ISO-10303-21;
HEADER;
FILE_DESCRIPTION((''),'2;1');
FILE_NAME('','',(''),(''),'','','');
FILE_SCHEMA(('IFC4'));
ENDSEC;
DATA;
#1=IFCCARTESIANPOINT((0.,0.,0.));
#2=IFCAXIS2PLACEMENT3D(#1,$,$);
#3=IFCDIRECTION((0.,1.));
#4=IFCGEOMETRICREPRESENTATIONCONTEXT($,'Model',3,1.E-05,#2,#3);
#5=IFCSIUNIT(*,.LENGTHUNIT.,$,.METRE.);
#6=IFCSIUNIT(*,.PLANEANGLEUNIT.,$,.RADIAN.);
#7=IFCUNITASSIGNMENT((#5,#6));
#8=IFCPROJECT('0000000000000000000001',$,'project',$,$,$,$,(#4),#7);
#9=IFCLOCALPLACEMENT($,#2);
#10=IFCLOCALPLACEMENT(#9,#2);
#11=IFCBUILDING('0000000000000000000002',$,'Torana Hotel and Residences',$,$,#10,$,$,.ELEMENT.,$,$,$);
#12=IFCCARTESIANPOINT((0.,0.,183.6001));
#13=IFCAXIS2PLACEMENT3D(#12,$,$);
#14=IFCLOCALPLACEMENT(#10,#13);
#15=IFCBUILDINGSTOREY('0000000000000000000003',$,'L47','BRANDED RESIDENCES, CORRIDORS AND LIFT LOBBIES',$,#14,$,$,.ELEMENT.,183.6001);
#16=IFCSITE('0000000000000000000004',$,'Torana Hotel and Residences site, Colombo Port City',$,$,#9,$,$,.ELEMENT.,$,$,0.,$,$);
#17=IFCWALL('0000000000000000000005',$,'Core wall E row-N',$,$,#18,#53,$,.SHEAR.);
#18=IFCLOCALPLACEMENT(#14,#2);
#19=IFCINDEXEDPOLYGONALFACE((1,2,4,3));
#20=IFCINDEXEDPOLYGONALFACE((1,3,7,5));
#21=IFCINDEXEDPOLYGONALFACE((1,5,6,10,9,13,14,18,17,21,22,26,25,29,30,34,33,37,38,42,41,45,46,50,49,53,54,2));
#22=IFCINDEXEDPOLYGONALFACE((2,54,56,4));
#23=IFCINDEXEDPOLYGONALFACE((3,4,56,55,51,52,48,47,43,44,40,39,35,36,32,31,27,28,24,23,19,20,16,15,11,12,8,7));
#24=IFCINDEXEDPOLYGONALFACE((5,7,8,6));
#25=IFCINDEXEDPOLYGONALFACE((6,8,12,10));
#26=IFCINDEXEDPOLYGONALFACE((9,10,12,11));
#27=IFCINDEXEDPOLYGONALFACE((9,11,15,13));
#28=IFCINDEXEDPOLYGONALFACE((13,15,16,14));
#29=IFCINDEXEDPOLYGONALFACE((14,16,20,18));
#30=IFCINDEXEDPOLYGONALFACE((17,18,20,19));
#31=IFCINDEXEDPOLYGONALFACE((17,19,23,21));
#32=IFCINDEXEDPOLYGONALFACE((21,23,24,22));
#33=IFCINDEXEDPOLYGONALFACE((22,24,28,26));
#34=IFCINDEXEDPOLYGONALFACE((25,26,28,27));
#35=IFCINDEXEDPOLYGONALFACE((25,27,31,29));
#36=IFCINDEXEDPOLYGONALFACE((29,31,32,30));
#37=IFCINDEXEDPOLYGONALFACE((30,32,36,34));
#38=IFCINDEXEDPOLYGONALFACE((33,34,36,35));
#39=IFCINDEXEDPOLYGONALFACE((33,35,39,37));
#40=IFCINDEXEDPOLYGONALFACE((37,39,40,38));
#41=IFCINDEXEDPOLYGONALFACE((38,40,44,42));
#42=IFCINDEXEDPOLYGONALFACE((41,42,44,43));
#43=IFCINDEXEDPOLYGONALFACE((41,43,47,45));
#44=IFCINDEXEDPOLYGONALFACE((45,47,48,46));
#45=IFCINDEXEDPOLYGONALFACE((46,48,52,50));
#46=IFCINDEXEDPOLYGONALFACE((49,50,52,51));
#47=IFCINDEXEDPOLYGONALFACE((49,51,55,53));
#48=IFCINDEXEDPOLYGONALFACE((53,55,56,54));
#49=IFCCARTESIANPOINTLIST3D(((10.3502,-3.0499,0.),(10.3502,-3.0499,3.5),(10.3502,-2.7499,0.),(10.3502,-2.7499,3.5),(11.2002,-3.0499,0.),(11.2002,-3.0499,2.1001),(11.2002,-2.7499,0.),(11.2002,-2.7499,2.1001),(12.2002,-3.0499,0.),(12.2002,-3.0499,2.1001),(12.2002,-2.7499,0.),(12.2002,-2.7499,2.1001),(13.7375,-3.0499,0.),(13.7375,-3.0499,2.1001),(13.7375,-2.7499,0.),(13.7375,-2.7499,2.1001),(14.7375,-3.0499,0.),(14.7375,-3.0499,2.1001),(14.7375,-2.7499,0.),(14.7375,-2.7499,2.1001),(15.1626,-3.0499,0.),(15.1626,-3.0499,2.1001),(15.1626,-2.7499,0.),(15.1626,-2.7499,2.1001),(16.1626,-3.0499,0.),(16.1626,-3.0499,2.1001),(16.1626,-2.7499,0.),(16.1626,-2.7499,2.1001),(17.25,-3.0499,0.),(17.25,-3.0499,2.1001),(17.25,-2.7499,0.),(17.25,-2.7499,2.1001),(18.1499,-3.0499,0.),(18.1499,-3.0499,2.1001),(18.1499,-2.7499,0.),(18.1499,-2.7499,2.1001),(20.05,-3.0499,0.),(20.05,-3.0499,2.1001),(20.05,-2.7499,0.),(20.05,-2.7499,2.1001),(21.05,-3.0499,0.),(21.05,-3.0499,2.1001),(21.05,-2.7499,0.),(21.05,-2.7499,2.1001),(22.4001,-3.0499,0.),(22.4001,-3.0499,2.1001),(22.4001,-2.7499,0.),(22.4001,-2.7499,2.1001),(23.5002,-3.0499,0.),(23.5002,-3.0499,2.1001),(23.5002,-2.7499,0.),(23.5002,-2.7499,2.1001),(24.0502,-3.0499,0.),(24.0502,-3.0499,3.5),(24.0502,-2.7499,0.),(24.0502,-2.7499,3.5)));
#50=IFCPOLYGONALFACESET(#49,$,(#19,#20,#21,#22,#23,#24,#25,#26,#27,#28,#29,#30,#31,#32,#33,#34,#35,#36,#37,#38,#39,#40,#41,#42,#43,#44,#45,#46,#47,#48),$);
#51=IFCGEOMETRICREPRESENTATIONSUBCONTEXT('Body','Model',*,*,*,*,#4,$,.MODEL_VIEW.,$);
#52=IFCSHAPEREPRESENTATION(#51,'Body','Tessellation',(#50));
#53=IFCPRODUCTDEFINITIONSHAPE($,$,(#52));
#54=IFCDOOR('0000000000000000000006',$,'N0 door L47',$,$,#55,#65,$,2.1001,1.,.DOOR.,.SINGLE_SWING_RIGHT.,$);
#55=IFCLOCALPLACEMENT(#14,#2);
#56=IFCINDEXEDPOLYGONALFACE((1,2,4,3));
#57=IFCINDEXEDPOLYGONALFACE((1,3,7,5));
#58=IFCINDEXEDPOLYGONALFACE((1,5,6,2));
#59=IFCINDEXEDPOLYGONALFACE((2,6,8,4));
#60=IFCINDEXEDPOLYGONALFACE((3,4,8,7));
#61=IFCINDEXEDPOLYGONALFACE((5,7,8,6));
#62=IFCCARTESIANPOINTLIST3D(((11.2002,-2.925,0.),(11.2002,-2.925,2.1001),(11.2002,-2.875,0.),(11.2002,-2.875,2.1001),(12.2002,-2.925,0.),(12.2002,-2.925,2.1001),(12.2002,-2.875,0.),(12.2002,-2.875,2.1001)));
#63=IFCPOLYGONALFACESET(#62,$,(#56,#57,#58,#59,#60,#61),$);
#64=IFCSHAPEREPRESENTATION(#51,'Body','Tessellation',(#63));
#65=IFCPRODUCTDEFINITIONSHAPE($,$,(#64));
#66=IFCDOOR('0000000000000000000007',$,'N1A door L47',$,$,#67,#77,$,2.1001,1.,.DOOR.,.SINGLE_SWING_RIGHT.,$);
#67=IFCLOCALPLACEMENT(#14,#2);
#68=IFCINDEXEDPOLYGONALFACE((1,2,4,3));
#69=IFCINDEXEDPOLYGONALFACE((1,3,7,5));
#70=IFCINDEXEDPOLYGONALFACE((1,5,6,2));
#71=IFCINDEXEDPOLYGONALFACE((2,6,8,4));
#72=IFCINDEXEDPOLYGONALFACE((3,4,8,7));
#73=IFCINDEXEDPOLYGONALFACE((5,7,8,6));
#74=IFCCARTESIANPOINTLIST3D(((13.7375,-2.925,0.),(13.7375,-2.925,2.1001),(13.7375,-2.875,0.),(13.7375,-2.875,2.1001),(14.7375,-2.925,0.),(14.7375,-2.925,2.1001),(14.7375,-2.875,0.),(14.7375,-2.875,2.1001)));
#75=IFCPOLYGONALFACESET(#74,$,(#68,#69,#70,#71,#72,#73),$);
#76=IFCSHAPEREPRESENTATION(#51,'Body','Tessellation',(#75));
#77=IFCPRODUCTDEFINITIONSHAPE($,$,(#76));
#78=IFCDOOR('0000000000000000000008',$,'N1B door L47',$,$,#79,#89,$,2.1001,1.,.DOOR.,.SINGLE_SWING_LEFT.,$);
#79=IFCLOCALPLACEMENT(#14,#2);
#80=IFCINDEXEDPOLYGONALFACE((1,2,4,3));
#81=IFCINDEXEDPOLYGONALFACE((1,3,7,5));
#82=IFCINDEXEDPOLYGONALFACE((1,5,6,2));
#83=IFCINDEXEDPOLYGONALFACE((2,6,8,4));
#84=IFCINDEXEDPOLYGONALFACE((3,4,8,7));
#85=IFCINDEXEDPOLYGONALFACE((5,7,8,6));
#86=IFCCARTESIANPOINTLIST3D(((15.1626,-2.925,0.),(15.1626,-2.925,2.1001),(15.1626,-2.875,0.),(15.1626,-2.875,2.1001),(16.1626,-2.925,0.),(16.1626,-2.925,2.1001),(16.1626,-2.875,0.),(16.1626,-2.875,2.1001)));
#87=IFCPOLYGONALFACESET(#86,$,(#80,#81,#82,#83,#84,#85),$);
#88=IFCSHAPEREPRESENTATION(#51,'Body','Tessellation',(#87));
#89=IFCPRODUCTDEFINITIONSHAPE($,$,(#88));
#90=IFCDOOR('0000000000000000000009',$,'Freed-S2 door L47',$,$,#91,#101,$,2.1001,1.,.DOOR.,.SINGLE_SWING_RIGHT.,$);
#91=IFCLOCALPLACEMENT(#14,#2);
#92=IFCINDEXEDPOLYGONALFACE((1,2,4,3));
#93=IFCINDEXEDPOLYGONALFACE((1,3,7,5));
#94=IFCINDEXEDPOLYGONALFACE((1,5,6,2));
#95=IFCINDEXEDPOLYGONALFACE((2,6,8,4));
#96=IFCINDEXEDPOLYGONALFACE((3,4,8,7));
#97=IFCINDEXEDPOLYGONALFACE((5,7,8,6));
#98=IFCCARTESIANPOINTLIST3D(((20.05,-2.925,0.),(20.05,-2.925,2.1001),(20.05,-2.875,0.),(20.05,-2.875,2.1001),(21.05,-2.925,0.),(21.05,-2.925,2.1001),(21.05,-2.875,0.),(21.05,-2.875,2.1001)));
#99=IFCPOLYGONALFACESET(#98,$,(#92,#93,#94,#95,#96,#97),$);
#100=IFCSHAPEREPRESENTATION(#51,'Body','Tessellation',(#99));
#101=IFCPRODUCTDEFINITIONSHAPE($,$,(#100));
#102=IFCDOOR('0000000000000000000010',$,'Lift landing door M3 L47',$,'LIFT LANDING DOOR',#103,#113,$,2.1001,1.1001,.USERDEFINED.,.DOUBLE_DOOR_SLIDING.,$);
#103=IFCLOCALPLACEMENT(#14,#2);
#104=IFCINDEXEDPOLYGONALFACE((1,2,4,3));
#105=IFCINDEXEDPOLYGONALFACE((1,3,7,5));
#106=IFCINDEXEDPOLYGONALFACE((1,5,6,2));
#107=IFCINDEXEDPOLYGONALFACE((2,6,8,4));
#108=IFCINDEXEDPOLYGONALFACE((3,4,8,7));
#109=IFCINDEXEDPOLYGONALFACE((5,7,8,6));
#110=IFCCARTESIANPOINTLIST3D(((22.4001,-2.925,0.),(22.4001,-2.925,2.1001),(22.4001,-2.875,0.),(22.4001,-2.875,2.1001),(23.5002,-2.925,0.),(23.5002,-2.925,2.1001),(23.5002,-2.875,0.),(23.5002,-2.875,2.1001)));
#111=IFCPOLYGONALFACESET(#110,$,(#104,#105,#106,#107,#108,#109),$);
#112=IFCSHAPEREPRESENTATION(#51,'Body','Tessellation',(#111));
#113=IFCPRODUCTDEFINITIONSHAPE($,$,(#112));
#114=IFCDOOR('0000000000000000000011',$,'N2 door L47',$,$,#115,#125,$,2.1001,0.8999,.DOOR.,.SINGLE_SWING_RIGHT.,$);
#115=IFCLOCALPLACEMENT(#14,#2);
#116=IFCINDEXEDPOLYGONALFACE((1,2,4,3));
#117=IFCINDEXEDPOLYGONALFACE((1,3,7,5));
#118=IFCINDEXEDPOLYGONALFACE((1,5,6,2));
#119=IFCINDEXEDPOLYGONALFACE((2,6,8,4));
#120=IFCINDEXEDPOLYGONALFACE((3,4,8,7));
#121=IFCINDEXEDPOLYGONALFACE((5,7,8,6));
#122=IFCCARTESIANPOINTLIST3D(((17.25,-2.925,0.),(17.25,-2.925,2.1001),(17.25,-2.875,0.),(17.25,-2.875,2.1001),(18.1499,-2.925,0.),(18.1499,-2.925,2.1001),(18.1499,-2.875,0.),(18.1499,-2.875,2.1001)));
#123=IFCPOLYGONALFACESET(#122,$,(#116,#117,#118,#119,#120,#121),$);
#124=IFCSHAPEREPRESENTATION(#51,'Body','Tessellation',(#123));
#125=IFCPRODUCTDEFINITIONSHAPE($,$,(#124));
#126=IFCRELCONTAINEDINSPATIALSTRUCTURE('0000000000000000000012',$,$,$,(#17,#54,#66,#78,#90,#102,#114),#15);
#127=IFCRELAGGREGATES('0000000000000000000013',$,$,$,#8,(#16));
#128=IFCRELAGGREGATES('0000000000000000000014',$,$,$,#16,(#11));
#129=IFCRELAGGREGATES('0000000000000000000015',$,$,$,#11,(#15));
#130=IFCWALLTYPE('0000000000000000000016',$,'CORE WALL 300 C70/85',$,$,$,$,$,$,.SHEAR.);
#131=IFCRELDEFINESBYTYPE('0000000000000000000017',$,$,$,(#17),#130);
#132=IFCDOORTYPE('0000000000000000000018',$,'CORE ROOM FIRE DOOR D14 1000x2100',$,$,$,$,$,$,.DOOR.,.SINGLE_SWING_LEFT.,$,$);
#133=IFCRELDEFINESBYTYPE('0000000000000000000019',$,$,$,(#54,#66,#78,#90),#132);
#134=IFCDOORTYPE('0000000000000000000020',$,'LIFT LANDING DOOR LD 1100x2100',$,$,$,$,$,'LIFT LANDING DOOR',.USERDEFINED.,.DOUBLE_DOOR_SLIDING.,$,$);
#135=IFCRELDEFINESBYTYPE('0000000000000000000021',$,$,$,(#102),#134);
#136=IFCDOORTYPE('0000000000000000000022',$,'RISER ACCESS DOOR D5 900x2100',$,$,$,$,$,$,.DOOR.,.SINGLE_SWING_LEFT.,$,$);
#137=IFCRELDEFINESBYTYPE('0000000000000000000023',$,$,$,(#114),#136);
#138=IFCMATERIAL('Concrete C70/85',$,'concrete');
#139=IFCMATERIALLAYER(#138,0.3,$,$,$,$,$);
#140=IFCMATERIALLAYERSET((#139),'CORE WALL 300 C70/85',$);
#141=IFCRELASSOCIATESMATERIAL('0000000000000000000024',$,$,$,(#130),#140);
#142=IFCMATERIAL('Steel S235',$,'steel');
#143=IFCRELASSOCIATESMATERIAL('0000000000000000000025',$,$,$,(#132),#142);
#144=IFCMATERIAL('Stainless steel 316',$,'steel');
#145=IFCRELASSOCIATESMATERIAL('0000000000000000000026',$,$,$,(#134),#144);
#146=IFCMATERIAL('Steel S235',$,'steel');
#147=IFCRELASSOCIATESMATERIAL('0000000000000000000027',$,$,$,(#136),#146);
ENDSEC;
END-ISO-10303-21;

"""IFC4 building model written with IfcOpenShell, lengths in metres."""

from ifc_helpers import new_model, si_unit, direction, frame, frame_2d, origin, place, context, subcontext, project, spatial, rectangle, extrude, material, layer, layer_set, type_object, element, fill, save


model = new_model("IFC4")

# Units and contexts
model_context = context("Model", 3, precision=1e-05, world=origin(), true_north=direction((0.0, 1.0)))
body_context = subcontext(model_context, "Body", "Model", "MODEL_VIEW")
ifc_project = project(units=[si_unit("LENGTHUNIT", "METRE"), si_unit("PLANEANGLEUNIT", "RADIAN")], contexts=[model_context])

# Site, building, storey
site_placement = place(None, origin())
site = spatial("IfcSite", under=ifc_project, at=site_placement, Name="Torana Hotel and Residences site, Colombo Port City", CompositionType="ELEMENT", RefElevation=0.0)
building_placement = place(site_placement, origin())
building = spatial("IfcBuilding", under=site, at=building_placement, Name="Torana Hotel and Residences", CompositionType="ELEMENT")
storey_placement = place(building_placement, frame((0.0, 0.0, 183.6001)))
storey = spatial("IfcBuildingStorey", under=building, at=storey_placement, Name="L47", Description="BRANDED RESIDENCES, CORRIDORS AND LIFT LOBBIES", CompositionType="ELEMENT", Elevation=183.6001)

# Wall, openings, doors
ifc_material_1 = material(Name="Concrete C70/85", Category="concrete")
ifc_layer_1 = layer(ifc_material_1, 0.3)
ifc_layer_set_1 = layer_set([ifc_layer_1], Name="CORE WALL 300 C70/85")
wall_type_1 = type_object("IfcWallType", Name="CORE WALL 300 C70/85", PredefinedType="SHEAR", material=ifc_layer_set_1)
wall_1_placement = place(storey_placement, frame((10.3501, -2.8999, 0.0), z_axis=(0.0, 0.0, 1.0), x_axis=(1.0, 0.0, 0.0)))
wall_1 = element("IfcWall", 1, at=wall_1_placement, inside=storey, type_object=wall_type_1, Name="Core wall E row-N", PredefinedType="SHEAR", context=body_context, shape_type="SweptSolid", body=[
    extrude(rectangle(XDim=13.7, YDim=0.3, at=frame_2d((6.8501, 0.0))), origin(), (0.0, 0.0, 1.0), 3.5),
])
opening_1_placement = place(wall_1_placement, frame((12.05, 0.0, 0.0)))
opening_1 = element("IfcOpeningElement", 2, at=opening_1_placement, cuts=wall_1, PredefinedType="OPENING", context=body_context, shape_type="SweptSolid", body=[
    extrude(rectangle(XDim=1.1001, YDim=2.1001, at=frame_2d((0.55, 1.05))), frame((0.0, 0.1599, 0.0), z_axis=(0.0, -1.0, 0.0), x_axis=(1.0, 0.0, 0.0)), (0.0, 0.0, 1.0), 0.3201),
])
opening_2_placement = place(wall_1_placement, frame((6.8999, 0.0, 0.0)))
opening_2 = element("IfcOpeningElement", 3, at=opening_2_placement, cuts=wall_1, PredefinedType="OPENING", context=body_context, shape_type="SweptSolid", body=[
    extrude(rectangle(XDim=0.8999, YDim=2.1001, at=frame_2d((0.45, 1.05))), frame((0.0, 0.1599, 0.0), z_axis=(0.0, -1.0, 0.0), x_axis=(1.0, 0.0, 0.0)), (0.0, 0.0, 1.0), 0.3201),
])
opening_3_placement = place(wall_1_placement, frame((0.8501, 0.0, 0.0)))
opening_3 = element("IfcOpeningElement", 4, at=opening_3_placement, cuts=wall_1, PredefinedType="OPENING", context=body_context, shape_type="SweptSolid", body=[
    extrude(rectangle(XDim=1.0, YDim=2.1001, at=frame_2d((0.5, 1.05))), frame((0.0, 0.1599, 0.0), z_axis=(0.0, -1.0, 0.0), x_axis=(1.0, 0.0, 0.0)), (0.0, 0.0, 1.0), 0.3201),
])
opening_4_placement = place(wall_1_placement, frame((3.3875, 0.0, 0.0)))
opening_4 = element("IfcOpeningElement", 5, at=opening_4_placement, cuts=wall_1, PredefinedType="OPENING", context=body_context, shape_type="SweptSolid", body=[
    extrude(rectangle(XDim=1.0, YDim=2.1001, at=frame_2d((0.5, 1.05))), frame((0.0, 0.1599, 0.0), z_axis=(0.0, -1.0, 0.0), x_axis=(1.0, 0.0, 0.0)), (0.0, 0.0, 1.0), 0.3201),
])
opening_5_placement = place(wall_1_placement, frame((4.8125, 0.0, 0.0)))
opening_5 = element("IfcOpeningElement", 6, at=opening_5_placement, cuts=wall_1, PredefinedType="OPENING", context=body_context, shape_type="SweptSolid", body=[
    extrude(rectangle(XDim=1.0, YDim=2.1001, at=frame_2d((0.5, 1.05))), frame((0.0, 0.1599, 0.0), z_axis=(0.0, -1.0, 0.0), x_axis=(1.0, 0.0, 0.0)), (0.0, 0.0, 1.0), 0.3201),
])
opening_6_placement = place(wall_1_placement, frame((9.7, 0.0, 0.0)))
opening_6 = element("IfcOpeningElement", 7, at=opening_6_placement, cuts=wall_1, PredefinedType="OPENING", context=body_context, shape_type="SweptSolid", body=[
    extrude(rectangle(XDim=1.0, YDim=2.1001, at=frame_2d((0.5, 1.05))), frame((0.0, 0.1599, 0.0), z_axis=(0.0, -1.0, 0.0), x_axis=(1.0, 0.0, 0.0)), (0.0, 0.0, 1.0), 0.3201),
])
ifc_material_2 = material(Name="Steel S235", Category="steel")
door_type_1 = type_object("IfcDoorType", Name="CORE ROOM FIRE DOOR D14 1000x2100", OperationType="SINGLE_SWING_LEFT", PredefinedType="DOOR", material=ifc_material_2)
door_1_placement = place(opening_3_placement, origin())
door_1 = element("IfcDoor", 8, at=door_1_placement, inside=storey, type_object=door_type_1, Name="N0 door L47", OperationType="SINGLE_SWING_RIGHT", OverallHeight=2.1001, OverallWidth=1.0, PredefinedType="DOOR", context=body_context, shape_type="SweptSolid", body=[
    extrude(rectangle(XDim=1.0, YDim=2.1001, at=frame_2d((0.5, 1.05))), frame((0.0, 0.0249, 0.0), z_axis=(0.0, -1.0, 0.0), x_axis=(1.0, 0.0, 0.0)), (0.0, 0.0, 1.0), 0.05),
])
fill(opening_3, door_1)
door_2_placement = place(opening_4_placement, origin())
door_2 = element("IfcDoor", 9, at=door_2_placement, inside=storey, type_object=door_type_1, Name="N1A door L47", OperationType="SINGLE_SWING_RIGHT", OverallHeight=2.1001, OverallWidth=1.0, PredefinedType="DOOR", context=body_context, shape_type="SweptSolid", body=[
    extrude(rectangle(XDim=1.0, YDim=2.1001, at=frame_2d((0.5, 1.05))), frame((0.0, 0.0249, 0.0), z_axis=(0.0, -1.0, 0.0), x_axis=(1.0, 0.0, 0.0)), (0.0, 0.0, 1.0), 0.05),
])
fill(opening_4, door_2)
door_3_placement = place(opening_5_placement, origin())
door_3 = element("IfcDoor", 10, at=door_3_placement, inside=storey, type_object=door_type_1, Name="N1B door L47", OperationType="SINGLE_SWING_LEFT", OverallHeight=2.1001, OverallWidth=1.0, PredefinedType="DOOR", context=body_context, shape_type="SweptSolid", body=[
    extrude(rectangle(XDim=1.0, YDim=2.1001, at=frame_2d((0.5, 1.05))), frame((0.0, 0.0249, 0.0), z_axis=(0.0, -1.0, 0.0), x_axis=(1.0, 0.0, 0.0)), (0.0, 0.0, 1.0), 0.05),
])
fill(opening_5, door_3)
door_4_placement = place(opening_6_placement, origin())
door_4 = element("IfcDoor", 11, at=door_4_placement, inside=storey, type_object=door_type_1, Name="Freed-S2 door L47", OperationType="SINGLE_SWING_RIGHT", OverallHeight=2.1001, OverallWidth=1.0, PredefinedType="DOOR", context=body_context, shape_type="SweptSolid", body=[
    extrude(rectangle(XDim=1.0, YDim=2.1001, at=frame_2d((0.5, 1.05))), frame((0.0, 0.0249, 0.0), z_axis=(0.0, -1.0, 0.0), x_axis=(1.0, 0.0, 0.0)), (0.0, 0.0, 1.0), 0.05),
])
fill(opening_6, door_4)
ifc_material_3 = material(Name="Stainless steel 316", Category="steel")
door_type_2 = type_object("IfcDoorType", Name="LIFT LANDING DOOR LD 1100x2100", ElementType="LIFT LANDING DOOR", OperationType="DOUBLE_DOOR_SLIDING", PredefinedType="USERDEFINED", material=ifc_material_3)
door_5_placement = place(opening_1_placement, origin())
door_5 = element("IfcDoor", 12, at=door_5_placement, inside=storey, type_object=door_type_2, Name="Lift landing door M3 L47", ObjectType="LIFT LANDING DOOR", OperationType="DOUBLE_DOOR_SLIDING", OverallHeight=2.1001, OverallWidth=1.1001, PredefinedType="USERDEFINED", context=body_context, shape_type="SweptSolid", body=[
    extrude(rectangle(XDim=1.1001, YDim=2.1001, at=frame_2d((0.55, 1.05))), frame((0.0, 0.0249, 0.0), z_axis=(0.0, -1.0, 0.0), x_axis=(1.0, 0.0, 0.0)), (0.0, 0.0, 1.0), 0.05),
])
fill(opening_1, door_5)
ifc_material_4 = material(Name="Steel S235", Category="steel")
door_type_3 = type_object("IfcDoorType", Name="RISER ACCESS DOOR D5 900x2100", OperationType="SINGLE_SWING_LEFT", PredefinedType="DOOR", material=ifc_material_4)
door_6_placement = place(opening_2_placement, origin())
door_6 = element("IfcDoor", 13, at=door_6_placement, inside=storey, type_object=door_type_3, Name="N2 door L47", OperationType="SINGLE_SWING_RIGHT", OverallHeight=2.1001, OverallWidth=0.8999, PredefinedType="DOOR", context=body_context, shape_type="SweptSolid", body=[
    extrude(rectangle(XDim=0.8999, YDim=2.1001, at=frame_2d((0.45, 1.05))), frame((0.0, 0.0249, 0.0), z_axis=(0.0, -1.0, 0.0), x_axis=(1.0, 0.0, 0.0)), (0.0, 0.0, 1.0), 0.05),
])
fill(opening_2, door_6)

save(model, "model.ifc")
